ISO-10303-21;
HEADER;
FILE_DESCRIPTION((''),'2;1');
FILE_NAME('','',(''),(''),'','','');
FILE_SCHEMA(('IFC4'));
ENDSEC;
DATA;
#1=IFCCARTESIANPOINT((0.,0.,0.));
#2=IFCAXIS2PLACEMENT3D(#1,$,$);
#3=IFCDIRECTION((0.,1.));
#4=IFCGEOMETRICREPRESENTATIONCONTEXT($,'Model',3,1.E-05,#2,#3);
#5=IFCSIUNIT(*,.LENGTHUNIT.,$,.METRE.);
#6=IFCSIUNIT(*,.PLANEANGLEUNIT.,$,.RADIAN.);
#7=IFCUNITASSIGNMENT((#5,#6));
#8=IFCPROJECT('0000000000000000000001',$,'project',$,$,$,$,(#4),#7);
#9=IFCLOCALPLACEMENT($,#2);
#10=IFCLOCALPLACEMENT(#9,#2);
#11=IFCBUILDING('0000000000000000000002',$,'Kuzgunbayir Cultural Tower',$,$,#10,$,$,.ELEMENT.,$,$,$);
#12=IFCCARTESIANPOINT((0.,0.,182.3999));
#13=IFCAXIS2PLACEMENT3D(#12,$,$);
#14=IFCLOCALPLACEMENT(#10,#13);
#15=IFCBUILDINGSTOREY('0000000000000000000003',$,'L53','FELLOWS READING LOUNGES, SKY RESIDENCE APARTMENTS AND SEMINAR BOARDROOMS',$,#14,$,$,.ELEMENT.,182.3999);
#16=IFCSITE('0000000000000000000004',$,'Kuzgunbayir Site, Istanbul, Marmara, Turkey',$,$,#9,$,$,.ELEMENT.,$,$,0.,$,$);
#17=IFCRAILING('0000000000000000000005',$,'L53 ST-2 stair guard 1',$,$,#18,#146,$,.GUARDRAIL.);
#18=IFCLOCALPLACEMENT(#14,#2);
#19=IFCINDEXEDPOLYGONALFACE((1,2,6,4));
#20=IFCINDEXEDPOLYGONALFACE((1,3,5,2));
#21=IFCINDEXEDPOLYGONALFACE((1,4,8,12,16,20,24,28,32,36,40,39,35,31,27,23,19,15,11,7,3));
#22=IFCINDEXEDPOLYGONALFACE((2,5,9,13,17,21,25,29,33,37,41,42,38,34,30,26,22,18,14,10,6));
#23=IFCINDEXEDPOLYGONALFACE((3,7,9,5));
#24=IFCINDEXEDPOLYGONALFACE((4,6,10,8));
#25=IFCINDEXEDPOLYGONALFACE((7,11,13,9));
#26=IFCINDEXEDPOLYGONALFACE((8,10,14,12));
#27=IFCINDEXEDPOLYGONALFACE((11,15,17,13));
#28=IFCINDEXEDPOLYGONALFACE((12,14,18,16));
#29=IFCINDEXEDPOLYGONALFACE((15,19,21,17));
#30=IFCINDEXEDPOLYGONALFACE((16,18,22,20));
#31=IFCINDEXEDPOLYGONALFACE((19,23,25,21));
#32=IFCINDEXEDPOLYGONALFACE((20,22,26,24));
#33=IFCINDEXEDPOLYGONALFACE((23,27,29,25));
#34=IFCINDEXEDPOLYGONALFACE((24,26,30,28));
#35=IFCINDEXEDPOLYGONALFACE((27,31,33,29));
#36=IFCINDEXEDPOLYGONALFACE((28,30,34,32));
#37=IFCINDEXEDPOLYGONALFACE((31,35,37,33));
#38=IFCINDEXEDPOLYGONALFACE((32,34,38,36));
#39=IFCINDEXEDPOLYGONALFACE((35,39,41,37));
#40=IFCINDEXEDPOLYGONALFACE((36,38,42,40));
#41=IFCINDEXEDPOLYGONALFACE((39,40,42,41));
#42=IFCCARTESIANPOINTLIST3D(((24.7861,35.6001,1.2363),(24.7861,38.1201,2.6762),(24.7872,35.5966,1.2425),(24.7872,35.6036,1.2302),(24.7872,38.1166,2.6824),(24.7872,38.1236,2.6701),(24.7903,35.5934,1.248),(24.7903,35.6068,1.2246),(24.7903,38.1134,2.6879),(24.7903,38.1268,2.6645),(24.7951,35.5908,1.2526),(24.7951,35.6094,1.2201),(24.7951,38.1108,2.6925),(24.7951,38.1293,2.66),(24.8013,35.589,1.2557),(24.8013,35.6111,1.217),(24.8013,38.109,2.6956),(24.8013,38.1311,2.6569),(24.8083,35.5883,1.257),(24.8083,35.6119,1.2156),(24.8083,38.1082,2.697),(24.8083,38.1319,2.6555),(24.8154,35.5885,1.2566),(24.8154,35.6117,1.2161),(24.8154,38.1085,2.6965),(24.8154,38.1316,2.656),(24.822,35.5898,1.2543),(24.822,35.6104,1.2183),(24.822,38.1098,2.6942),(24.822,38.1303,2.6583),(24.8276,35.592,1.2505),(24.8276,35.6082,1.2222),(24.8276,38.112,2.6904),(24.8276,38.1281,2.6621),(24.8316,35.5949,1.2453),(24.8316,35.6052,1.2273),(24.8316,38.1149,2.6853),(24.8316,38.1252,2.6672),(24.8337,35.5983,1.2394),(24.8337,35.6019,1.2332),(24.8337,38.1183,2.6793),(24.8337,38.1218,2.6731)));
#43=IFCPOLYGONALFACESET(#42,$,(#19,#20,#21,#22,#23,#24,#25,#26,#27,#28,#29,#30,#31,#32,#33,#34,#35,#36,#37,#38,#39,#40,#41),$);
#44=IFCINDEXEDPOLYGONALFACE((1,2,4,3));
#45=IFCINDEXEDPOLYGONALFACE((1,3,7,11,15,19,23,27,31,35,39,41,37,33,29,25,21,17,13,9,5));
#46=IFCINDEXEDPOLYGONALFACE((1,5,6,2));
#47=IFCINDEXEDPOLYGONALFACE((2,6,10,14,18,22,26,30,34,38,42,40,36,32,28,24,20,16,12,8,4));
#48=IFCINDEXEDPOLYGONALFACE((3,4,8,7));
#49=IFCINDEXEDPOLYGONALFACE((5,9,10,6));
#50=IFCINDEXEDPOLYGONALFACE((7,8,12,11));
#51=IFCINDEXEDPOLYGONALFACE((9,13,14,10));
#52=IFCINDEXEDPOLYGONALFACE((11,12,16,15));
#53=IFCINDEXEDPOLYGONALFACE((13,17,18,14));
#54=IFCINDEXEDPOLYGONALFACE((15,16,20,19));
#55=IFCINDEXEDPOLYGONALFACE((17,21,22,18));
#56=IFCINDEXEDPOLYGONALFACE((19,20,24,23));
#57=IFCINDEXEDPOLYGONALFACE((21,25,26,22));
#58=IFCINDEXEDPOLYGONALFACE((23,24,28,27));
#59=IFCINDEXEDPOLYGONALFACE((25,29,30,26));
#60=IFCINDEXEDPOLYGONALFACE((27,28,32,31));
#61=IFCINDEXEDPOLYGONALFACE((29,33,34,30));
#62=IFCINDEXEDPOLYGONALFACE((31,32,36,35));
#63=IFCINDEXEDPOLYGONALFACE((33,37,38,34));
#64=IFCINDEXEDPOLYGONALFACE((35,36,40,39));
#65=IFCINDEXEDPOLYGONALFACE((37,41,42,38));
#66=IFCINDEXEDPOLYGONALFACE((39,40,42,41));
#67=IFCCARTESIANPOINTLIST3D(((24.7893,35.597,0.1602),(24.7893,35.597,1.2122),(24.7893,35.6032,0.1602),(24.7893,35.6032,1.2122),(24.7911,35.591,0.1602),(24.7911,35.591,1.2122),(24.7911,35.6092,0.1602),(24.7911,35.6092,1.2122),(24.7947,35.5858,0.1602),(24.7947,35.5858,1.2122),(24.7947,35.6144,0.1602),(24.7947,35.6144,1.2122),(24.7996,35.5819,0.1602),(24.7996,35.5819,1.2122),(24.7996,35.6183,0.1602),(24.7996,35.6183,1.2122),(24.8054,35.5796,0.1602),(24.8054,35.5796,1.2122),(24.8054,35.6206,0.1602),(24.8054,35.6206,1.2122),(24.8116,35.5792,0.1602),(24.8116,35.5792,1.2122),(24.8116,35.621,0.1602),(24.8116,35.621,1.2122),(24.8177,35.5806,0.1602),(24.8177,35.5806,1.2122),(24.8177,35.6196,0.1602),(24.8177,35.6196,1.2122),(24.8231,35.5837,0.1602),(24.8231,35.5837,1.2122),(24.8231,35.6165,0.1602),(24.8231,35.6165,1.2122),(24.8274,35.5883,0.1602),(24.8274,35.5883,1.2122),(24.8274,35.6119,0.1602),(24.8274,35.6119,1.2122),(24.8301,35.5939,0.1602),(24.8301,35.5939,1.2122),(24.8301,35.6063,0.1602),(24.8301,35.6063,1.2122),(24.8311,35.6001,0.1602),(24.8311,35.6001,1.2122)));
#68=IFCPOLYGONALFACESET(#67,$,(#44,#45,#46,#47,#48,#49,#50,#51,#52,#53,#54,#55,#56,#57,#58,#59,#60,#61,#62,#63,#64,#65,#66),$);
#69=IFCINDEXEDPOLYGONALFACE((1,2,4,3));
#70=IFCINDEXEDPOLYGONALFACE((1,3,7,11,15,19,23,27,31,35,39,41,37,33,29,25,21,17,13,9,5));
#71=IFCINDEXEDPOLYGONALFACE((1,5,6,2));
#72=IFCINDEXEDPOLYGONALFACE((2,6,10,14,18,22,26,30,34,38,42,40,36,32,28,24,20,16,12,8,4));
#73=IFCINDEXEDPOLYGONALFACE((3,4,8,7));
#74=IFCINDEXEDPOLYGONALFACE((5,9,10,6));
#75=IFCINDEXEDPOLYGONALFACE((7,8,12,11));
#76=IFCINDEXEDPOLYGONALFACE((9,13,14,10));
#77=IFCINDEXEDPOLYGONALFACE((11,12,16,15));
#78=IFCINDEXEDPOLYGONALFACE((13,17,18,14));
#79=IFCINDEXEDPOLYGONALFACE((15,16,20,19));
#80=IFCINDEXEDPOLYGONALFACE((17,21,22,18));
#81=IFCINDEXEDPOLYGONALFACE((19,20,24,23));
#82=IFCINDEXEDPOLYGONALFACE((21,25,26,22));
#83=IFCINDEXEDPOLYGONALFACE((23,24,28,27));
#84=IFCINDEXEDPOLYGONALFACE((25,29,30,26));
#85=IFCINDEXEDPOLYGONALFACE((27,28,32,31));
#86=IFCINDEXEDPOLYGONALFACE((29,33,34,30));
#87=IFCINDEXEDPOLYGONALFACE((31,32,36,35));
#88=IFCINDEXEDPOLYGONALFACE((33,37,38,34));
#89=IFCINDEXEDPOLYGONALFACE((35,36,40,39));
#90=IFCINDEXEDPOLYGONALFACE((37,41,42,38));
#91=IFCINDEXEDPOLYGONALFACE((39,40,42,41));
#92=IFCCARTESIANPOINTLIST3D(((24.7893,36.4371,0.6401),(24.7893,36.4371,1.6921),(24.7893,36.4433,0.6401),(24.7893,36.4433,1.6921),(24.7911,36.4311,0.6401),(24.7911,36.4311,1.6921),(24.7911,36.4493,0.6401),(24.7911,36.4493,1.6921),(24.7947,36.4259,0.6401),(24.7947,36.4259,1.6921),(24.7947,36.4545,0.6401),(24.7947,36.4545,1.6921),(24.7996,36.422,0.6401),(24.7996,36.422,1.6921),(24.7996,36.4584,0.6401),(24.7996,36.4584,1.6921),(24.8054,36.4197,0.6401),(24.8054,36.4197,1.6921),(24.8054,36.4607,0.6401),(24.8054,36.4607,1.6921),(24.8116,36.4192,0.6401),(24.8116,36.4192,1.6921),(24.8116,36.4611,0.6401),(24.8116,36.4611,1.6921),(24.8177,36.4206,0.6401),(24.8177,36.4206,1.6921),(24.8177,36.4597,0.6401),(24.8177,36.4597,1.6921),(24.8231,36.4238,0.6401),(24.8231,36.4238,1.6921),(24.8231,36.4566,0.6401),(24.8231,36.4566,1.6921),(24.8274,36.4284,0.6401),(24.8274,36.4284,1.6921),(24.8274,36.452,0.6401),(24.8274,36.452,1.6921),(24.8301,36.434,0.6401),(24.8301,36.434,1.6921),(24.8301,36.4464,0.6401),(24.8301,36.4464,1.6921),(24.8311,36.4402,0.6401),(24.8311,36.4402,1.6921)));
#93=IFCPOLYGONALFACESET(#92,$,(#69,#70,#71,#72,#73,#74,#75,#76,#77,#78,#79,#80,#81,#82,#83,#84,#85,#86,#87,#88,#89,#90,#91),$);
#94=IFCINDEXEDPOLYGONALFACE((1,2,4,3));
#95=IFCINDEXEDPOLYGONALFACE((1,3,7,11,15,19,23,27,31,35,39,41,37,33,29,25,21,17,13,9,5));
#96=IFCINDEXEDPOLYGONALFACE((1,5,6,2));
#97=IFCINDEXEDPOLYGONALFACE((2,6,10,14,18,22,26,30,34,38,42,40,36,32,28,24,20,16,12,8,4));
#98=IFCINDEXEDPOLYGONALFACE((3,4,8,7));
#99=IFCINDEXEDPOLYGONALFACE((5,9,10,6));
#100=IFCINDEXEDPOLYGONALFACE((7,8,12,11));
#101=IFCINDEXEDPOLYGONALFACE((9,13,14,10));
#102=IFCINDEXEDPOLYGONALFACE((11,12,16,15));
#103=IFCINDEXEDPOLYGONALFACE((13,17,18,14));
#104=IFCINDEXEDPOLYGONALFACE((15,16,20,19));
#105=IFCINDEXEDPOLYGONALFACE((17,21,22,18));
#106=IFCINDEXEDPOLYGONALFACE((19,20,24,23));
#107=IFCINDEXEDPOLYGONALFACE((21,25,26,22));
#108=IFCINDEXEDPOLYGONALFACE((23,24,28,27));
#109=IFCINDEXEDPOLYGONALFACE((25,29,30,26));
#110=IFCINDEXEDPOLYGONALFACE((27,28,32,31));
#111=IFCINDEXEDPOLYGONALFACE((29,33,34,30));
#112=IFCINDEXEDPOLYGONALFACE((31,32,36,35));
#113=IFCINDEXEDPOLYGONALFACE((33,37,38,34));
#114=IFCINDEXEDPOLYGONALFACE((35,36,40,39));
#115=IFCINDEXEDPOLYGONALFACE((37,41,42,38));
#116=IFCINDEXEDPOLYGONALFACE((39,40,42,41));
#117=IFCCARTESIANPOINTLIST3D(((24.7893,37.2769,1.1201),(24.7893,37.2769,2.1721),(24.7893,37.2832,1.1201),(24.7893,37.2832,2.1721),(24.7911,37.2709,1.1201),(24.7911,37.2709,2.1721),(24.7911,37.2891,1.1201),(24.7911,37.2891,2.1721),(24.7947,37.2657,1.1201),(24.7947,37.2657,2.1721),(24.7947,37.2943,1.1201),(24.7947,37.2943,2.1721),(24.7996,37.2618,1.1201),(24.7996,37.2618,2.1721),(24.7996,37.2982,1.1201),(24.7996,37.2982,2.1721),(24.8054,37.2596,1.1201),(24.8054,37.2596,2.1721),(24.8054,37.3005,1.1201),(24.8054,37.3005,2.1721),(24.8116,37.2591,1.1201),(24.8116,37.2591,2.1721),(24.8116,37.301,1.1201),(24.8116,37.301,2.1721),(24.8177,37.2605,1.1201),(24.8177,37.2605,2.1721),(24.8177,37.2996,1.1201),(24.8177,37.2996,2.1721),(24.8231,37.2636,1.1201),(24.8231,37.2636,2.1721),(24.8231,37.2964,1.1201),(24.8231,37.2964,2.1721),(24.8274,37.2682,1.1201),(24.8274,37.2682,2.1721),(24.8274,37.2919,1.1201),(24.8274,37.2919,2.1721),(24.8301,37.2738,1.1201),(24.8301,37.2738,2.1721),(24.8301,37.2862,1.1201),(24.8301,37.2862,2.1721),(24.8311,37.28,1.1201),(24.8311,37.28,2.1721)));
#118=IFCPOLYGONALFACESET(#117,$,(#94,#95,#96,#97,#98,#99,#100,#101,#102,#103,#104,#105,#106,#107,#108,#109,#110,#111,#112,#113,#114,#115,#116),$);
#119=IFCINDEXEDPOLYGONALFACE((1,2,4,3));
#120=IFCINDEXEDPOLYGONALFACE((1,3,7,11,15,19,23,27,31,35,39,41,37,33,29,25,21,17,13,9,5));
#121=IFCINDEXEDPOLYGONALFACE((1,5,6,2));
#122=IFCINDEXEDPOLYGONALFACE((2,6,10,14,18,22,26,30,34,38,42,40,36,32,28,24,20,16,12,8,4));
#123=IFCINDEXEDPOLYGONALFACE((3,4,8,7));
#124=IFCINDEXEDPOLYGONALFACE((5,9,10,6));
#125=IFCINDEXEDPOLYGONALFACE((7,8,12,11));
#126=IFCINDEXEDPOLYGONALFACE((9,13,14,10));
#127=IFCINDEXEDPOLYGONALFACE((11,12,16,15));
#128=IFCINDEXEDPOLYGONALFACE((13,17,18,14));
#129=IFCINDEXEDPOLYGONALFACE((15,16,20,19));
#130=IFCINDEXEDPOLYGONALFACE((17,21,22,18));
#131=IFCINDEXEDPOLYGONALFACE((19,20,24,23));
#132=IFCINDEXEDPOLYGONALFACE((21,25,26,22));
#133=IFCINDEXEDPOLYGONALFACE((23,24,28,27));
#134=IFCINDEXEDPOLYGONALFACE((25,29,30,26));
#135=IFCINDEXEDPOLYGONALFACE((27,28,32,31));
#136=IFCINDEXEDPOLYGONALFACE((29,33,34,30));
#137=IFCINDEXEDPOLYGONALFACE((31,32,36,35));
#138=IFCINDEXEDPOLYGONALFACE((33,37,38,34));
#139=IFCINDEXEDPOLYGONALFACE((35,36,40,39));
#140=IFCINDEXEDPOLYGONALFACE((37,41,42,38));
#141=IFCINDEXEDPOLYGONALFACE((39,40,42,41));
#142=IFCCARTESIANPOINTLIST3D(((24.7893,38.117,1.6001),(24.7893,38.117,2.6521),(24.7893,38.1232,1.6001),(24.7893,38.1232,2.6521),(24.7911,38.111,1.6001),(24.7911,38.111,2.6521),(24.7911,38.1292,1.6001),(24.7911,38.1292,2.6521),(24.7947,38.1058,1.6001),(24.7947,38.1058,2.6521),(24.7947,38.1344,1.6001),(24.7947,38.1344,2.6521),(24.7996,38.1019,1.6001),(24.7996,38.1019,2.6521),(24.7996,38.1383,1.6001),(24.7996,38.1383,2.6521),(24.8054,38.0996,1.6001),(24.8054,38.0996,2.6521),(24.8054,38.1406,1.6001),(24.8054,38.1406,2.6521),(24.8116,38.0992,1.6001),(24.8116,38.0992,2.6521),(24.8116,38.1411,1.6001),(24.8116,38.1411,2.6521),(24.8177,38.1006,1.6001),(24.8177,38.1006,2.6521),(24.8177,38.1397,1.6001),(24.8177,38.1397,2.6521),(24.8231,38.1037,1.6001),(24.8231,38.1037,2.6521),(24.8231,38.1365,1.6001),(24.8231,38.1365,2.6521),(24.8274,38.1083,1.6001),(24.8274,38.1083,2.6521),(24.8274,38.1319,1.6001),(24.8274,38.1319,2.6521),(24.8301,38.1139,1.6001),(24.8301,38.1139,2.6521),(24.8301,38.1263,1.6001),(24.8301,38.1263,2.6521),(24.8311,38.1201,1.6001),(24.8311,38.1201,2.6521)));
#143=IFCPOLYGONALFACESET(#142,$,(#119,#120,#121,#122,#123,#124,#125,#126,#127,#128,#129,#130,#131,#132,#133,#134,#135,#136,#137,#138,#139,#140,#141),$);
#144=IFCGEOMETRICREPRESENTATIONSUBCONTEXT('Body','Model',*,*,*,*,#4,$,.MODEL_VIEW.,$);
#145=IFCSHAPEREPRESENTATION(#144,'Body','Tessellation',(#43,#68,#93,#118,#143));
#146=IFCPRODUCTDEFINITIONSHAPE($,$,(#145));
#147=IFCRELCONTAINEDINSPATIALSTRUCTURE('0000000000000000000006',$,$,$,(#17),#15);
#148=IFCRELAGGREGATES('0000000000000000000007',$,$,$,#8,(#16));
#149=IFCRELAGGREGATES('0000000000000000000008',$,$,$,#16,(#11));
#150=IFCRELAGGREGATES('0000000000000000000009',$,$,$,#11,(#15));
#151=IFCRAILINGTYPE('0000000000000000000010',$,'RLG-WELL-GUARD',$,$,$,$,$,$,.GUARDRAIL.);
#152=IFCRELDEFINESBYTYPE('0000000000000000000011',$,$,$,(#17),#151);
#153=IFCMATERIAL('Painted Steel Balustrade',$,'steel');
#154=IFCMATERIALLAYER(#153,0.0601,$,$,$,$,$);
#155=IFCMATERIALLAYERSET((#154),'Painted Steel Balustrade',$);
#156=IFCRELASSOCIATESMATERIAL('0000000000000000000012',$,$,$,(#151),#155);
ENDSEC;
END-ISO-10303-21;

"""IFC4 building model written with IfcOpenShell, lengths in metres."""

from ifc_helpers import new_model, si_unit, direction, frame, origin, origin_2d, place, context, subcontext, project, spatial, circle, extrude, material, layer, layer_set, type_object, element, save


model = new_model("IFC4")

# Units and contexts
model_context = context("Model", 3, precision=1e-05, world=origin(), true_north=direction((0.0, 1.0)))
body_context = subcontext(model_context, "Body", "Model", "MODEL_VIEW")
ifc_project = project(units=[si_unit("LENGTHUNIT", "METRE"), si_unit("PLANEANGLEUNIT", "RADIAN")], contexts=[model_context])

# Site, building, storey
site_placement = place(None, origin())
site = spatial("IfcSite", under=ifc_project, at=site_placement, Name="Kuzgunbayir Site, Istanbul, Marmara, Turkey", CompositionType="ELEMENT", RefElevation=0.0)
building_placement = place(site_placement, origin())
building = spatial("IfcBuilding", under=site, at=building_placement, Name="Kuzgunbayir Cultural Tower", CompositionType="ELEMENT")
storey_placement = place(building_placement, frame((0.0, 0.0, 182.3999)))
storey = spatial("IfcBuildingStorey", under=building, at=storey_placement, Name="L53", Description="FELLOWS READING LOUNGES, SKY RESIDENCE APARTMENTS AND SEMINAR BOARDROOMS", CompositionType="ELEMENT", Elevation=182.3999)

# Railing
ifc_material_1 = material(Name="Painted Steel Balustrade", Category="steel")
ifc_layer_1 = layer(ifc_material_1, 0.0601)
ifc_layer_set_1 = layer_set([ifc_layer_1], Name="Painted Steel Balustrade")
railing_type_1 = type_object("IfcRailingType", Name="RLG-WELL-GUARD", PredefinedType="GUARDRAIL", material=ifc_layer_set_1)
railing_1_placement = place(storey_placement, frame((24.8101, 35.6001, 0.1602)))
element("IfcRailing", 1, at=railing_1_placement, inside=storey, type_object=railing_type_1, Name="L53 ST-2 stair guard 1", PredefinedType="GUARDRAIL", context=body_context, shape_type="SweptSolid", body=[
    extrude(circle(Radius=0.0239, at=origin_2d()), frame((0.0, 0.0, 1.0762), z_axis=(0.0, 0.868253, 0.496121), x_axis=(-1.0, 0.0, 0.0)), (0.0, 0.0, 1.0), 2.9023),
    extrude(circle(Radius=0.021, at=origin_2d()), origin(), (0.0, 0.0, 1.0), 1.052),
    extrude(circle(Radius=0.021, at=origin_2d()), frame((0.0, 0.8401, 0.48)), (0.0, 0.0, 1.0), 1.052),
    extrude(circle(Radius=0.021, at=origin_2d()), frame((0.0, 1.6799, 0.96)), (0.0, 0.0, 1.0), 1.052),
    extrude(circle(Radius=0.021, at=origin_2d()), frame((0.0, 2.52, 1.4399)), (0.0, 0.0, 1.0), 1.052),
])

save(model, "model.ifc")
